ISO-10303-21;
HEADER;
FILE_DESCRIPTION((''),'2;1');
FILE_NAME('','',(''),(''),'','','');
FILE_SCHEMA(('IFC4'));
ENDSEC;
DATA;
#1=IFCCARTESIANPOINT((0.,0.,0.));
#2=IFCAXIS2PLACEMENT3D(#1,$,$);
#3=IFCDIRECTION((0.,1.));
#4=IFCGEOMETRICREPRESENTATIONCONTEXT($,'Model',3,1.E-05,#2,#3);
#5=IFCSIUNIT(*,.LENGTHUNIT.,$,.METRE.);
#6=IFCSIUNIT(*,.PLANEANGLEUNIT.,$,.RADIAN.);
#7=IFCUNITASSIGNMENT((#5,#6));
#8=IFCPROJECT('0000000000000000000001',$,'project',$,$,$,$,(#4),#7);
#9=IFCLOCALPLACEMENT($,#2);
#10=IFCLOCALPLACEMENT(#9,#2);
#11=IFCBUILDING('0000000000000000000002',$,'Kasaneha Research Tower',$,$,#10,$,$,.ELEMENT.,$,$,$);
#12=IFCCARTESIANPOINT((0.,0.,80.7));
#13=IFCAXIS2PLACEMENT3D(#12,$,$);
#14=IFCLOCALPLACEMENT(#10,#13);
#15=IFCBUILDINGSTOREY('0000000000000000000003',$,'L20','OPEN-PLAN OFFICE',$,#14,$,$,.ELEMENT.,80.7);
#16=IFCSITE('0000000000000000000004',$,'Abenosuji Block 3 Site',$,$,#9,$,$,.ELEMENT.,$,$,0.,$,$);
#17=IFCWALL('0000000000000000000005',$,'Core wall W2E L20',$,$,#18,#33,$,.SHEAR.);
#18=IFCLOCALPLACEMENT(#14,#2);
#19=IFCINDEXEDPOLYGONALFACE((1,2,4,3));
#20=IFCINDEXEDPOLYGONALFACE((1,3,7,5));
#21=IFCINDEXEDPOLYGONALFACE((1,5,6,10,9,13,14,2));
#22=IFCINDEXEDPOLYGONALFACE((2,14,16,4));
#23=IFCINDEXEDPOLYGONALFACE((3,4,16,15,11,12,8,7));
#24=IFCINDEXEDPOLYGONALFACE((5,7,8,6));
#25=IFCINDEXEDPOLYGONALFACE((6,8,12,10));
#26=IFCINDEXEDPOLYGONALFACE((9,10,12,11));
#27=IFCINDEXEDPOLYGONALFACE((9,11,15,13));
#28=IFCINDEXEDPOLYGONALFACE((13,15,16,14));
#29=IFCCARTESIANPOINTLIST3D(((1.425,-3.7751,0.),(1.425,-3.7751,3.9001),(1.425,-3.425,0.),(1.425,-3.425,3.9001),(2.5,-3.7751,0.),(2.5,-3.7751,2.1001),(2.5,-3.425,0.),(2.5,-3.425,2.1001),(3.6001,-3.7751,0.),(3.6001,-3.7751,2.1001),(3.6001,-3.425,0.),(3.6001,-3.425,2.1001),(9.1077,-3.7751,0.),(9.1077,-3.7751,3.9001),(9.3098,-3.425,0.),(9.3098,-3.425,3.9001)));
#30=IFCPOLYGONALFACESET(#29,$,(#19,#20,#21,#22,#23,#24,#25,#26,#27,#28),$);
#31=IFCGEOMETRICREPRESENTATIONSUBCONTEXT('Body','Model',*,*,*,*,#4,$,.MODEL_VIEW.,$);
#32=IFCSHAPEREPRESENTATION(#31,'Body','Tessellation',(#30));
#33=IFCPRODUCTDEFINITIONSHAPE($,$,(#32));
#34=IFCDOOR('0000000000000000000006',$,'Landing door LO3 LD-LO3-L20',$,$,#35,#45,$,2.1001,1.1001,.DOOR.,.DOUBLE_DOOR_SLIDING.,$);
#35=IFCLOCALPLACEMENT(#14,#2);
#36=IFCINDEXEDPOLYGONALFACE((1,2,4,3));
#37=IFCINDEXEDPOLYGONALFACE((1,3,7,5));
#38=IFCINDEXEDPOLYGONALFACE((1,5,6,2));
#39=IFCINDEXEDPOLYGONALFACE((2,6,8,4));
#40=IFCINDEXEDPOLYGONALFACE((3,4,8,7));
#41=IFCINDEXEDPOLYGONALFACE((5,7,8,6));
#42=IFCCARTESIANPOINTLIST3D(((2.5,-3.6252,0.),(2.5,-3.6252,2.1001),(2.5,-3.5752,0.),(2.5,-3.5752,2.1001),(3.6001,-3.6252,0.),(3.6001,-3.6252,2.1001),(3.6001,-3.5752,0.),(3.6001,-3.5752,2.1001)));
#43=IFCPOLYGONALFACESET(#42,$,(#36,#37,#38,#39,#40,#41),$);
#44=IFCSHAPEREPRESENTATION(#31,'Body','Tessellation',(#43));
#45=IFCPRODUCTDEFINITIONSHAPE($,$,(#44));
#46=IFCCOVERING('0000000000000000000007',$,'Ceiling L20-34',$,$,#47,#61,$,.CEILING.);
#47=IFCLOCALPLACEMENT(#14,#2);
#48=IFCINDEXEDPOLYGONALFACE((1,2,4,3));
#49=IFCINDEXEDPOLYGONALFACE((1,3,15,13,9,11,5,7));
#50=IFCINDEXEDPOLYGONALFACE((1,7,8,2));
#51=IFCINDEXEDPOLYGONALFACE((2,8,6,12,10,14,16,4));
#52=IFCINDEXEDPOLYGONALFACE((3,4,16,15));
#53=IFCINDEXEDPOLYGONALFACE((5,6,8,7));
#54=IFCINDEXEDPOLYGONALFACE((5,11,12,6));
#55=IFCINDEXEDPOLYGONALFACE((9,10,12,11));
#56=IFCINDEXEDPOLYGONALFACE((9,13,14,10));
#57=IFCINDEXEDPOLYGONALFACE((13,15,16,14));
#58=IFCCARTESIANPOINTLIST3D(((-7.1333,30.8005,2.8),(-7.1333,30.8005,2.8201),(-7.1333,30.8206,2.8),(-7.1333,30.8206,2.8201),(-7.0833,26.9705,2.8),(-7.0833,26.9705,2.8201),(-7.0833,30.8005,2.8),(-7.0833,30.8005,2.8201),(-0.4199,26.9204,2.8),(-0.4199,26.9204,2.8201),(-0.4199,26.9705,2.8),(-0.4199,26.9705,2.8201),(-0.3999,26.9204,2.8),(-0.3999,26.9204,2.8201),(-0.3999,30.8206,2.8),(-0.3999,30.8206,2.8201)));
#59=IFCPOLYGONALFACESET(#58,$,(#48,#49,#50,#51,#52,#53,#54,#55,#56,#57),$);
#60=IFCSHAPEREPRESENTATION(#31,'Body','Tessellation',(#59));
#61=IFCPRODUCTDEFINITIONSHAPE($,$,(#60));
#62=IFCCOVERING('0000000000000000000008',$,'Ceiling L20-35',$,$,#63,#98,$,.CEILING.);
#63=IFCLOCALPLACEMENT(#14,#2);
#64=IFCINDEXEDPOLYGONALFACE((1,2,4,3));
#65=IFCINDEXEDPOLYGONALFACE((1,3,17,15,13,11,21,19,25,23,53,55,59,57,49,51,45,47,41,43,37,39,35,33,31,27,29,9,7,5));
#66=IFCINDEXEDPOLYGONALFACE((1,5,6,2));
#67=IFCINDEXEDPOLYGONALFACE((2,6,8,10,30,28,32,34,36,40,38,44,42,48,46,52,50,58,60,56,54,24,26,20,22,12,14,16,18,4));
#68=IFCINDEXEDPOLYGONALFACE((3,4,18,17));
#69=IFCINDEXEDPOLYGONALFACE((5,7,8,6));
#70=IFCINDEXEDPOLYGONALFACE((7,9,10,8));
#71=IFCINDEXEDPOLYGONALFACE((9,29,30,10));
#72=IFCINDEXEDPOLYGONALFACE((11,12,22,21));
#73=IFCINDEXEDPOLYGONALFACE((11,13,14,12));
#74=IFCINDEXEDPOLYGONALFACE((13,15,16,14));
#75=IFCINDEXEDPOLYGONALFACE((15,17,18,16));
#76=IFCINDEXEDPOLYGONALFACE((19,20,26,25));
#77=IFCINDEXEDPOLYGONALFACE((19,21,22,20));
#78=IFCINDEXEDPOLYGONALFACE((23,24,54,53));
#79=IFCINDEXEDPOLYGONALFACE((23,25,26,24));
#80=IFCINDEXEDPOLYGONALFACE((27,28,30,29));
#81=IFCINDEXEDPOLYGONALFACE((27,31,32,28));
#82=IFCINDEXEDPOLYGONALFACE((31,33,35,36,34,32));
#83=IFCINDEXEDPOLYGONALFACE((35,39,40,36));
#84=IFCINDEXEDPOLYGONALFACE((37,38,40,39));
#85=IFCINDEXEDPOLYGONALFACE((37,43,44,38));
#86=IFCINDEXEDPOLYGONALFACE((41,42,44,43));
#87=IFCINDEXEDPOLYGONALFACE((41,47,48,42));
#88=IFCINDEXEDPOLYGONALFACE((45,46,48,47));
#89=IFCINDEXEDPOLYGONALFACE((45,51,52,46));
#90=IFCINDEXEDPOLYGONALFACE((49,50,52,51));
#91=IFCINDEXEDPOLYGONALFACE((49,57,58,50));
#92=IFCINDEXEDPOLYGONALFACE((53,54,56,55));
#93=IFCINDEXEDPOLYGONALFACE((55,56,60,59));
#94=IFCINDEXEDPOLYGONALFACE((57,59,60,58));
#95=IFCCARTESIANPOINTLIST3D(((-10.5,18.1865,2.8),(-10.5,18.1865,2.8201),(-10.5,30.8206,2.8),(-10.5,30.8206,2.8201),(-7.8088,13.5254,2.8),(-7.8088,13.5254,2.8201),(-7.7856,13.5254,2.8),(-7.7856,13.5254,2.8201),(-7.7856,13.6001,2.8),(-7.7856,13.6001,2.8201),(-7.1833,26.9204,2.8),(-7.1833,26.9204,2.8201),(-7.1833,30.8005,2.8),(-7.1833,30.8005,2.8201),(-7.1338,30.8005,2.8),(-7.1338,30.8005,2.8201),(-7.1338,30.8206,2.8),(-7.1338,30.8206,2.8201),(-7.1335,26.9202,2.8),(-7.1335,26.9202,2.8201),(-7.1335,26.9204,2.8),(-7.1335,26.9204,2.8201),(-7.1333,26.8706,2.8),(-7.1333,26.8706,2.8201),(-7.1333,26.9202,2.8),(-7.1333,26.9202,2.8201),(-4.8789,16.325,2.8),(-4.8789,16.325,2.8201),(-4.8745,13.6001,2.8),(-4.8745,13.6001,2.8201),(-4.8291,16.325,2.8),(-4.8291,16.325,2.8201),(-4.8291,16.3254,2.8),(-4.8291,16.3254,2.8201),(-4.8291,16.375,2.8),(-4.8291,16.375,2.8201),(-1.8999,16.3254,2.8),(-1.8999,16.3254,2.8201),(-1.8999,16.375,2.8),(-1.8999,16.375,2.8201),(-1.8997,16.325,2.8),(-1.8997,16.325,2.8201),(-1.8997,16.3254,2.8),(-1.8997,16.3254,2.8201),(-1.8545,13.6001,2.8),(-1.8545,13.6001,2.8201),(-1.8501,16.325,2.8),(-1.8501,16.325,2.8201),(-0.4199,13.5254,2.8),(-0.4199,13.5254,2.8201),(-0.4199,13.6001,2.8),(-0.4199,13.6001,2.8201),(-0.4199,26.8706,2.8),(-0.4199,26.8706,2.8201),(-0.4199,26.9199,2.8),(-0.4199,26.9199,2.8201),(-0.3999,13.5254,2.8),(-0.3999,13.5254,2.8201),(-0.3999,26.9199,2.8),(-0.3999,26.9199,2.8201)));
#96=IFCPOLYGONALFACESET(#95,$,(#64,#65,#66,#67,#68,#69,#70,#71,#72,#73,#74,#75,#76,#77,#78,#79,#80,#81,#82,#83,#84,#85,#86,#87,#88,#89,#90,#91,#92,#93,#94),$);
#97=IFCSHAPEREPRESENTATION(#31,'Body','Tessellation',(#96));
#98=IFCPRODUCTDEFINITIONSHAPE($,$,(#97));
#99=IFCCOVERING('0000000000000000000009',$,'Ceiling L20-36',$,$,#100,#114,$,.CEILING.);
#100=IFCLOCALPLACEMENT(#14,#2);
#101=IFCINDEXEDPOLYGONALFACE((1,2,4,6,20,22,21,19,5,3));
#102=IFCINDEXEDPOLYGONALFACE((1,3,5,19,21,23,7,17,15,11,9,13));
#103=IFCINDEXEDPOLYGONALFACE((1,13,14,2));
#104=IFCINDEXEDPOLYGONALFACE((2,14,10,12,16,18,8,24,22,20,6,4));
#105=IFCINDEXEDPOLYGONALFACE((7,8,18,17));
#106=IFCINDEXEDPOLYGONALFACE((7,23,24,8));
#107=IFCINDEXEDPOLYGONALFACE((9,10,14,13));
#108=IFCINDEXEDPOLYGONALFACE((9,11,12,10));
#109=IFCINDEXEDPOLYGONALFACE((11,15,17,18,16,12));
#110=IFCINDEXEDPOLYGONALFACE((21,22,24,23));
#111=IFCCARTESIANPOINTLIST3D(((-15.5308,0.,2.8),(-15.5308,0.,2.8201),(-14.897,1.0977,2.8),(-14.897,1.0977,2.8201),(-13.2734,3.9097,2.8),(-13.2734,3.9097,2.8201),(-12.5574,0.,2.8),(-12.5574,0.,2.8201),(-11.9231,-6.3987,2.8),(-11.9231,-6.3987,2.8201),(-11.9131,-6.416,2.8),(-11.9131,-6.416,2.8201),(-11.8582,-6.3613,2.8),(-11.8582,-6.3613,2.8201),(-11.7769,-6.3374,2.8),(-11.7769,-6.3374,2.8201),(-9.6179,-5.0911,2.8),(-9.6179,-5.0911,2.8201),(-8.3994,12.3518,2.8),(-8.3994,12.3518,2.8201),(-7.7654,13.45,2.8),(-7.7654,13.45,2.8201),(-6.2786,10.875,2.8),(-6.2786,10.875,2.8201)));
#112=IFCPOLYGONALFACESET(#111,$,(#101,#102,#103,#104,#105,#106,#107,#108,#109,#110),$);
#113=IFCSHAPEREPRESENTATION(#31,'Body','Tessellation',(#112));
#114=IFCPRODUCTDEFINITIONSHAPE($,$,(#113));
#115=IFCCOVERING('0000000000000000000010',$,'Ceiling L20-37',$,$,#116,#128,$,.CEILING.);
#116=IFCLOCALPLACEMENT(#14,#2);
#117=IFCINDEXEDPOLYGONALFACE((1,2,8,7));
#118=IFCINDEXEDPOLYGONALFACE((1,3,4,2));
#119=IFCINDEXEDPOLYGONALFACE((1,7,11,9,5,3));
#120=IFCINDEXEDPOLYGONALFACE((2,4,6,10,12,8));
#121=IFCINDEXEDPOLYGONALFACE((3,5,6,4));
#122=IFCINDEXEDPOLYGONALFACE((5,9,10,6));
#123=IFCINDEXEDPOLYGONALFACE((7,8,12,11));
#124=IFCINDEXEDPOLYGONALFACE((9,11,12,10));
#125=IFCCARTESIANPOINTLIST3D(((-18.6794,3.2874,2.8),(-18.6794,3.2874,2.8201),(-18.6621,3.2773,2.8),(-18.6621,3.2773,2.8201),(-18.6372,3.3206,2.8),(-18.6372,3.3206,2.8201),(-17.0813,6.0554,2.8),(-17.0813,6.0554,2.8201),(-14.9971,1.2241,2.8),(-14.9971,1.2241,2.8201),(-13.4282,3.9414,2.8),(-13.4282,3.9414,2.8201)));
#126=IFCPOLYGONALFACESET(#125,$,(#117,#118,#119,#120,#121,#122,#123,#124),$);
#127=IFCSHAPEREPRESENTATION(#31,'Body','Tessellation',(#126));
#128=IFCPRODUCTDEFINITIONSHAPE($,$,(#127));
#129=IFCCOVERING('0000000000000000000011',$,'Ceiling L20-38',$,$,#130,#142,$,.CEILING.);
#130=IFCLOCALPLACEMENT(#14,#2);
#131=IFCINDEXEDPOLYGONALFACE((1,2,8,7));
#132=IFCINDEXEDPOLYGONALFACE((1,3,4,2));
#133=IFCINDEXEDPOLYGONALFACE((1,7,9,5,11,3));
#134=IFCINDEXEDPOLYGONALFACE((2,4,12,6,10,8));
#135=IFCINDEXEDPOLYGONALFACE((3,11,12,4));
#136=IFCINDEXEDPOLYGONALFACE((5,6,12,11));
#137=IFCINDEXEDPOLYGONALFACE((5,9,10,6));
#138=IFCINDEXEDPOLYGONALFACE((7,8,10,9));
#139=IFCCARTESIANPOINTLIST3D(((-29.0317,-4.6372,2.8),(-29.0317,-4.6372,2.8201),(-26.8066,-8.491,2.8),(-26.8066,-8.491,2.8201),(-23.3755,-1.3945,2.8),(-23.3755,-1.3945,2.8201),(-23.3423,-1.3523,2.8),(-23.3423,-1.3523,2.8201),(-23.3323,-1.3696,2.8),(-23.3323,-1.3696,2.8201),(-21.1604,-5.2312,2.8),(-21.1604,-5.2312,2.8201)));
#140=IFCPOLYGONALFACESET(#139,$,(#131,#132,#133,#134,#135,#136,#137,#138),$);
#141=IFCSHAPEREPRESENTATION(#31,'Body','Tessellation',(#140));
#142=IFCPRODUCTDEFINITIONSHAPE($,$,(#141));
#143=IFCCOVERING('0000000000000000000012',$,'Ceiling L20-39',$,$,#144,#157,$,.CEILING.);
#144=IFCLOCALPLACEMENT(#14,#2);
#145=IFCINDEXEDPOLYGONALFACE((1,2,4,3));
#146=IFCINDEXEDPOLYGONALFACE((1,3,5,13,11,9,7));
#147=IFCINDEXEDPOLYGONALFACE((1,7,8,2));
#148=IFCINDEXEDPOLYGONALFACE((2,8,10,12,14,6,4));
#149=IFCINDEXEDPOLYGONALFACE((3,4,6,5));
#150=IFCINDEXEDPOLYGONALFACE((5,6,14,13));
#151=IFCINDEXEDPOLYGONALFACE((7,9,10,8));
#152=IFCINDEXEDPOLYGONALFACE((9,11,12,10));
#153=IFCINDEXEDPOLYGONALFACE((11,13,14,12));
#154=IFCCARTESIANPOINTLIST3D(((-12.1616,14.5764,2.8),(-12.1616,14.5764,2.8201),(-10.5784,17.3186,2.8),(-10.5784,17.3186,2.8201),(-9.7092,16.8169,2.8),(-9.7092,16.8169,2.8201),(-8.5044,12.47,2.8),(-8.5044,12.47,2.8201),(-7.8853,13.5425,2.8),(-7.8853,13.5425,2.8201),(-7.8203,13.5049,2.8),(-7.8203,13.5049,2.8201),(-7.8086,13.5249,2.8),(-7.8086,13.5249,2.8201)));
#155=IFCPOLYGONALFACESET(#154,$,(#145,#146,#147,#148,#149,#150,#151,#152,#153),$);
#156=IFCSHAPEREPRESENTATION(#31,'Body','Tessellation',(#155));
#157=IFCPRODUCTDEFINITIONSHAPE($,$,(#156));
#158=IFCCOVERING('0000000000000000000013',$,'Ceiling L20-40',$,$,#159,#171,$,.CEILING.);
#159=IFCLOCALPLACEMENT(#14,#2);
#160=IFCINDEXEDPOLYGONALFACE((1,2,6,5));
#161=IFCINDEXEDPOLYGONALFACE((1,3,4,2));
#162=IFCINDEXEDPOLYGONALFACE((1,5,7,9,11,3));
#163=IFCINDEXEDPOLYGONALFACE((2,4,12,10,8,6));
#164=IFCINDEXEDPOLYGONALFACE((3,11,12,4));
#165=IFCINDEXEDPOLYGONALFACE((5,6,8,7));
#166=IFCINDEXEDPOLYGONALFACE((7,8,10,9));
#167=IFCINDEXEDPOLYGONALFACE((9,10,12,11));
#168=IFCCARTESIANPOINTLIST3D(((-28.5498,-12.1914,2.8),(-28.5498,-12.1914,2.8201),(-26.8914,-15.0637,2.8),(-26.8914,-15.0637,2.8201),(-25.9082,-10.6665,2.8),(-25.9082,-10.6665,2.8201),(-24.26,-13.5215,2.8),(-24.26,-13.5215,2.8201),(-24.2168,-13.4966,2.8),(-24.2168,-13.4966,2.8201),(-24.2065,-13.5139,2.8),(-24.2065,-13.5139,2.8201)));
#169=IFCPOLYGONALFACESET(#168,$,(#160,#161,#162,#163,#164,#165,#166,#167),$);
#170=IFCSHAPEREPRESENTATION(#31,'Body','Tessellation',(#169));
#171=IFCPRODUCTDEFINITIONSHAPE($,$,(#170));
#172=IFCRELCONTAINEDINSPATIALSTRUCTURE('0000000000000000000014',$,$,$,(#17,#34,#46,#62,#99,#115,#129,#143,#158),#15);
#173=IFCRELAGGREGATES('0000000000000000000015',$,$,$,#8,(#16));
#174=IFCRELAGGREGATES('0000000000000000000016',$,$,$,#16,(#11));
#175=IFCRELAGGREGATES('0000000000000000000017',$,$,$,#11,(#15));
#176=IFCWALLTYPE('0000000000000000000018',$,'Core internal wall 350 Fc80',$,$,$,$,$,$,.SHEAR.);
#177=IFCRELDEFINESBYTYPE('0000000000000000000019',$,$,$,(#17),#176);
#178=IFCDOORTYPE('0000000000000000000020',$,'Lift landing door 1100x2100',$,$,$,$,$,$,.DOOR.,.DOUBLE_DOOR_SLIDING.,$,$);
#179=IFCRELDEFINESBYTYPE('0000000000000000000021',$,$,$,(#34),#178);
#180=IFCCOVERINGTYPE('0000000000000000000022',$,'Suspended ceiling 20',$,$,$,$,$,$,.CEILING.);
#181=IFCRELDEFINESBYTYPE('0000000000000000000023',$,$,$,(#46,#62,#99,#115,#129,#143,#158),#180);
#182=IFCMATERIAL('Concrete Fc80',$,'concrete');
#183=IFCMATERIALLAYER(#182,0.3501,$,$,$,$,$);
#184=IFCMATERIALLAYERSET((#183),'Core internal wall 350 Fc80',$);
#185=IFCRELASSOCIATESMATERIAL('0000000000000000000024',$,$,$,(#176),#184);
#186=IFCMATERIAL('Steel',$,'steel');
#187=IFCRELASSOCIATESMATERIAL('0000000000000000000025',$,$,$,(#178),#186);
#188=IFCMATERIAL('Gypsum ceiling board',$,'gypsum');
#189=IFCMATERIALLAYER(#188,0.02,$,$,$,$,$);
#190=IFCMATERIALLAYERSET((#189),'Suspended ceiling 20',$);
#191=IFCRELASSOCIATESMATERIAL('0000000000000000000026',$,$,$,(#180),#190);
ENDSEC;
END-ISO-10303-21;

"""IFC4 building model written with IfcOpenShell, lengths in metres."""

from ifc_helpers import new_model, si_unit, direction, frame, frame_2d, origin, place, context, subcontext, project, spatial, polyline, rectangle, outline, extrude, material, layer, layer_set, type_object, element, fill, save


model = new_model("IFC4")

# Units and contexts
model_context = context("Model", 3, precision=1e-05, world=origin(), true_north=direction((0.0, 1.0)))
body_context = subcontext(model_context, "Body", "Model", "MODEL_VIEW")
ifc_project = project(units=[si_unit("LENGTHUNIT", "METRE"), si_unit("PLANEANGLEUNIT", "RADIAN")], contexts=[model_context])

# Site, building, storey
site_placement = place(None, origin())
site = spatial("IfcSite", under=ifc_project, at=site_placement, Name="Abenosuji Block 3 Site", CompositionType="ELEMENT", RefElevation=0.0)
building_placement = place(site_placement, origin())
building = spatial("IfcBuilding", under=site, at=building_placement, Name="Kasaneha Research Tower", CompositionType="ELEMENT")
storey_placement = place(building_placement, frame((0.0, 0.0, 80.7)))
storey = spatial("IfcBuildingStorey", under=building, at=storey_placement, Name="L20", Description="OPEN-PLAN OFFICE", CompositionType="ELEMENT", Elevation=80.7)

# Wall, opening, door
ifc_material_1 = material(Name="Concrete Fc80", Category="concrete")
ifc_layer_1 = layer(ifc_material_1, 0.3501)
ifc_layer_set_1 = layer_set([ifc_layer_1], Name="Core internal wall 350 Fc80")
wall_type = type_object("IfcWallType", Name="Core internal wall 350 Fc80", PredefinedType="SHEAR", material=ifc_layer_set_1)
wall_placement = place(storey_placement, frame((1.425, -3.6001, 0.0), z_axis=(0.0, 0.0, 1.0), x_axis=(1.0, 0.0, 0.0)))
wall = element("IfcWall", 1, at=wall_placement, inside=storey, type_object=wall_type, Name="Core wall W2E L20", PredefinedType="SHEAR", context=body_context, shape_type="SweptSolid", body=[
    extrude(outline(polyline([(0.0, -0.175), (1.075, -0.175), (2.175, -0.175), (7.6826, -0.175), (7.8848, 0.175), (2.175, 0.175), (1.075, 0.175), (0.0, 0.175), (0.0, -0.175)])), origin(), (0.0, 0.0, 1.0), 3.9001),
])
opening_placement = place(wall_placement, frame((1.075, 0.0, 0.0)))
opening = element("IfcOpeningElement", 2, at=opening_placement, cuts=wall, PredefinedType="OPENING", context=body_context, shape_type="SweptSolid", body=[
    extrude(rectangle(XDim=1.1001, YDim=2.1001, at=frame_2d((0.55, 1.05))), frame((0.0, 0.1851, 0.0), z_axis=(0.0, -1.0, 0.0), x_axis=(1.0, 0.0, 0.0)), (0.0, 0.0, 1.0), 0.3701),
])
ifc_material_2 = material(Name="Steel", Category="steel")
door_type = type_object("IfcDoorType", Name="Lift landing door 1100x2100", OperationType="DOUBLE_DOOR_SLIDING", PredefinedType="DOOR", material=ifc_material_2)
door_placement = place(opening_placement, origin())
door = element("IfcDoor", 3, at=door_placement, inside=storey, type_object=door_type, Name="Landing door LO3 LD-LO3-L20", OperationType="DOUBLE_DOOR_SLIDING", OverallHeight=2.1001, OverallWidth=1.1001, PredefinedType="DOOR", context=body_context, shape_type="SweptSolid", body=[
    extrude(rectangle(XDim=1.1001, YDim=2.1001, at=frame_2d((0.55, 1.05))), frame((0.0, 0.0249, 0.0), z_axis=(0.0, -1.0, 0.0), x_axis=(1.0, 0.0, 0.0)), (0.0, 0.0, 1.0), 0.05),
])
fill(opening, door)

# Coverings
ifc_material_3 = material(Name="Gypsum ceiling board", Category="gypsum")
ifc_layer_2 = layer(ifc_material_3, 0.02)
ifc_layer_set_2 = layer_set([ifc_layer_2], Name="Suspended ceiling 20")
covering_type = type_object("IfcCoveringType", Name="Suspended ceiling 20", PredefinedType="CEILING", material=ifc_layer_set_2)
covering_1_placement = place(storey_placement, frame((0.0, 0.0, 2.8)))
element("IfcCovering", 4, at=covering_1_placement, inside=storey, type_object=covering_type, Name="Ceiling L20-34", PredefinedType="CEILING", context=body_context, shape_type="SweptSolid", body=[
    extrude(outline(polyline([(-0.3999, 26.9204), (-0.4199, 26.9204), (-0.4199, 26.9705), (-7.0833, 26.9705), (-7.0833, 30.8005), (-7.1333, 30.8005), (-7.1333, 30.8206), (-0.3999, 30.8206), (-0.3999, 26.9204)])), origin(), (0.0, 0.0, 1.0), 0.02),
])
covering_2_placement = place(storey_placement, frame((0.0, 0.0, 2.8)))
element("IfcCovering", 5, at=covering_2_placement, inside=storey, type_object=covering_type, Name="Ceiling L20-35", PredefinedType="CEILING", context=body_context, shape_type="SweptSolid", body=[
    extrude(outline(polyline([(-1.8997, 16.3254), (-1.8999, 16.3254), (-1.8999, 16.375), (-4.8291, 16.375), (-4.8291, 16.3254), (-4.8291, 16.325), (-4.8789, 16.325), (-4.8745, 13.6001), (-7.7856, 13.6001), (-7.7856, 13.5254), (-7.8088, 13.5254), (-10.5, 18.1865), (-10.5, 30.8206), (-7.1338, 30.8206), (-7.1338, 30.8005), (-7.1833, 30.8005), (-7.1833, 26.9204), (-7.1335, 26.9204), (-7.1335, 26.9202), (-7.1333, 26.9202), (-7.1333, 26.8706), (-0.4199, 26.8706), (-0.4199, 26.9199), (-0.3999, 26.9199), (-0.3999, 13.5254), (-0.4199, 13.5254), (-0.4199, 13.6001), (-1.8545, 13.6001), (-1.8501, 16.325), (-1.8997, 16.325), (-1.8997, 16.3254)])), origin(), (0.0, 0.0, 1.0), 0.02),
])
covering_3_placement = place(storey_placement, frame((0.0, 0.0, 2.8)))
element("IfcCovering", 6, at=covering_3_placement, inside=storey, type_object=covering_type, Name="Ceiling L20-36", PredefinedType="CEILING", context=body_context, shape_type="SweptSolid", body=[
    extrude(outline(polyline([(-12.5574, 0.0), (-9.6179, -5.0911), (-11.7769, -6.3374), (-11.9131, -6.416), (-11.9231, -6.3987), (-11.8582, -6.3613), (-15.5308, 0.0), (-14.897, 1.0977), (-14.897, 1.0977), (-13.2734, 3.9097), (-13.2734, 3.9097), (-8.3994, 12.3518), (-8.3994, 12.3518), (-7.7654, 13.45), (-6.2786, 10.875), (-12.5574, 0.0)])), origin(), (0.0, 0.0, 1.0), 0.02),
])
covering_4_placement = place(storey_placement, frame((0.0, 0.0, 2.8)))
element("IfcCovering", 7, at=covering_4_placement, inside=storey, type_object=covering_type, Name="Ceiling L20-37", PredefinedType="CEILING", context=body_context, shape_type="SweptSolid", body=[
    extrude(outline(polyline([(-18.6794, 3.2874), (-17.0813, 6.0554), (-13.4282, 3.9414), (-14.9971, 1.2241), (-18.6372, 3.3206), (-18.6621, 3.2773), (-18.6794, 3.2874)])), origin(), (0.0, 0.0, 1.0), 0.02),
])
covering_5_placement = place(storey_placement, frame((0.0, 0.0, 2.8)))
element("IfcCovering", 8, at=covering_5_placement, inside=storey, type_object=covering_type, Name="Ceiling L20-38", PredefinedType="CEILING", context=body_context, shape_type="SweptSolid", body=[
    extrude(outline(polyline([(-23.3423, -1.3523), (-23.3323, -1.3696), (-23.3755, -1.3945), (-21.1604, -5.2312), (-26.8066, -8.491), (-29.0317, -4.6372), (-23.3423, -1.3523)])), origin(), (0.0, 0.0, 1.0), 0.02),
])
covering_6_placement = place(storey_placement, frame((0.0, 0.0, 2.8)))
element("IfcCovering", 9, at=covering_6_placement, inside=storey, type_object=covering_type, Name="Ceiling L20-39", PredefinedType="CEILING", context=body_context, shape_type="SweptSolid", body=[
    extrude(outline(polyline([(-9.7092, 16.8169), (-7.8086, 13.5249), (-7.8203, 13.5049), (-7.8853, 13.5425), (-8.5044, 12.47), (-12.1616, 14.5764), (-10.5784, 17.3186), (-9.7092, 16.8169)])), origin(), (0.0, 0.0, 1.0), 0.02),
])
covering_7_placement = place(storey_placement, frame((0.0, 0.0, 2.8)))
element("IfcCovering", 10, at=covering_7_placement, inside=storey, type_object=covering_type, Name="Ceiling L20-40", PredefinedType="CEILING", context=body_context, shape_type="SweptSolid", body=[
    extrude(outline(polyline([(-24.2065, -13.5139), (-26.8914, -15.0637), (-28.5498, -12.1914), (-25.9082, -10.6665), (-24.26, -13.5215), (-24.2168, -13.4966), (-24.2065, -13.5139)])), origin(), (0.0, 0.0, 1.0), 0.02),
])

save(model, "model.ifc")
